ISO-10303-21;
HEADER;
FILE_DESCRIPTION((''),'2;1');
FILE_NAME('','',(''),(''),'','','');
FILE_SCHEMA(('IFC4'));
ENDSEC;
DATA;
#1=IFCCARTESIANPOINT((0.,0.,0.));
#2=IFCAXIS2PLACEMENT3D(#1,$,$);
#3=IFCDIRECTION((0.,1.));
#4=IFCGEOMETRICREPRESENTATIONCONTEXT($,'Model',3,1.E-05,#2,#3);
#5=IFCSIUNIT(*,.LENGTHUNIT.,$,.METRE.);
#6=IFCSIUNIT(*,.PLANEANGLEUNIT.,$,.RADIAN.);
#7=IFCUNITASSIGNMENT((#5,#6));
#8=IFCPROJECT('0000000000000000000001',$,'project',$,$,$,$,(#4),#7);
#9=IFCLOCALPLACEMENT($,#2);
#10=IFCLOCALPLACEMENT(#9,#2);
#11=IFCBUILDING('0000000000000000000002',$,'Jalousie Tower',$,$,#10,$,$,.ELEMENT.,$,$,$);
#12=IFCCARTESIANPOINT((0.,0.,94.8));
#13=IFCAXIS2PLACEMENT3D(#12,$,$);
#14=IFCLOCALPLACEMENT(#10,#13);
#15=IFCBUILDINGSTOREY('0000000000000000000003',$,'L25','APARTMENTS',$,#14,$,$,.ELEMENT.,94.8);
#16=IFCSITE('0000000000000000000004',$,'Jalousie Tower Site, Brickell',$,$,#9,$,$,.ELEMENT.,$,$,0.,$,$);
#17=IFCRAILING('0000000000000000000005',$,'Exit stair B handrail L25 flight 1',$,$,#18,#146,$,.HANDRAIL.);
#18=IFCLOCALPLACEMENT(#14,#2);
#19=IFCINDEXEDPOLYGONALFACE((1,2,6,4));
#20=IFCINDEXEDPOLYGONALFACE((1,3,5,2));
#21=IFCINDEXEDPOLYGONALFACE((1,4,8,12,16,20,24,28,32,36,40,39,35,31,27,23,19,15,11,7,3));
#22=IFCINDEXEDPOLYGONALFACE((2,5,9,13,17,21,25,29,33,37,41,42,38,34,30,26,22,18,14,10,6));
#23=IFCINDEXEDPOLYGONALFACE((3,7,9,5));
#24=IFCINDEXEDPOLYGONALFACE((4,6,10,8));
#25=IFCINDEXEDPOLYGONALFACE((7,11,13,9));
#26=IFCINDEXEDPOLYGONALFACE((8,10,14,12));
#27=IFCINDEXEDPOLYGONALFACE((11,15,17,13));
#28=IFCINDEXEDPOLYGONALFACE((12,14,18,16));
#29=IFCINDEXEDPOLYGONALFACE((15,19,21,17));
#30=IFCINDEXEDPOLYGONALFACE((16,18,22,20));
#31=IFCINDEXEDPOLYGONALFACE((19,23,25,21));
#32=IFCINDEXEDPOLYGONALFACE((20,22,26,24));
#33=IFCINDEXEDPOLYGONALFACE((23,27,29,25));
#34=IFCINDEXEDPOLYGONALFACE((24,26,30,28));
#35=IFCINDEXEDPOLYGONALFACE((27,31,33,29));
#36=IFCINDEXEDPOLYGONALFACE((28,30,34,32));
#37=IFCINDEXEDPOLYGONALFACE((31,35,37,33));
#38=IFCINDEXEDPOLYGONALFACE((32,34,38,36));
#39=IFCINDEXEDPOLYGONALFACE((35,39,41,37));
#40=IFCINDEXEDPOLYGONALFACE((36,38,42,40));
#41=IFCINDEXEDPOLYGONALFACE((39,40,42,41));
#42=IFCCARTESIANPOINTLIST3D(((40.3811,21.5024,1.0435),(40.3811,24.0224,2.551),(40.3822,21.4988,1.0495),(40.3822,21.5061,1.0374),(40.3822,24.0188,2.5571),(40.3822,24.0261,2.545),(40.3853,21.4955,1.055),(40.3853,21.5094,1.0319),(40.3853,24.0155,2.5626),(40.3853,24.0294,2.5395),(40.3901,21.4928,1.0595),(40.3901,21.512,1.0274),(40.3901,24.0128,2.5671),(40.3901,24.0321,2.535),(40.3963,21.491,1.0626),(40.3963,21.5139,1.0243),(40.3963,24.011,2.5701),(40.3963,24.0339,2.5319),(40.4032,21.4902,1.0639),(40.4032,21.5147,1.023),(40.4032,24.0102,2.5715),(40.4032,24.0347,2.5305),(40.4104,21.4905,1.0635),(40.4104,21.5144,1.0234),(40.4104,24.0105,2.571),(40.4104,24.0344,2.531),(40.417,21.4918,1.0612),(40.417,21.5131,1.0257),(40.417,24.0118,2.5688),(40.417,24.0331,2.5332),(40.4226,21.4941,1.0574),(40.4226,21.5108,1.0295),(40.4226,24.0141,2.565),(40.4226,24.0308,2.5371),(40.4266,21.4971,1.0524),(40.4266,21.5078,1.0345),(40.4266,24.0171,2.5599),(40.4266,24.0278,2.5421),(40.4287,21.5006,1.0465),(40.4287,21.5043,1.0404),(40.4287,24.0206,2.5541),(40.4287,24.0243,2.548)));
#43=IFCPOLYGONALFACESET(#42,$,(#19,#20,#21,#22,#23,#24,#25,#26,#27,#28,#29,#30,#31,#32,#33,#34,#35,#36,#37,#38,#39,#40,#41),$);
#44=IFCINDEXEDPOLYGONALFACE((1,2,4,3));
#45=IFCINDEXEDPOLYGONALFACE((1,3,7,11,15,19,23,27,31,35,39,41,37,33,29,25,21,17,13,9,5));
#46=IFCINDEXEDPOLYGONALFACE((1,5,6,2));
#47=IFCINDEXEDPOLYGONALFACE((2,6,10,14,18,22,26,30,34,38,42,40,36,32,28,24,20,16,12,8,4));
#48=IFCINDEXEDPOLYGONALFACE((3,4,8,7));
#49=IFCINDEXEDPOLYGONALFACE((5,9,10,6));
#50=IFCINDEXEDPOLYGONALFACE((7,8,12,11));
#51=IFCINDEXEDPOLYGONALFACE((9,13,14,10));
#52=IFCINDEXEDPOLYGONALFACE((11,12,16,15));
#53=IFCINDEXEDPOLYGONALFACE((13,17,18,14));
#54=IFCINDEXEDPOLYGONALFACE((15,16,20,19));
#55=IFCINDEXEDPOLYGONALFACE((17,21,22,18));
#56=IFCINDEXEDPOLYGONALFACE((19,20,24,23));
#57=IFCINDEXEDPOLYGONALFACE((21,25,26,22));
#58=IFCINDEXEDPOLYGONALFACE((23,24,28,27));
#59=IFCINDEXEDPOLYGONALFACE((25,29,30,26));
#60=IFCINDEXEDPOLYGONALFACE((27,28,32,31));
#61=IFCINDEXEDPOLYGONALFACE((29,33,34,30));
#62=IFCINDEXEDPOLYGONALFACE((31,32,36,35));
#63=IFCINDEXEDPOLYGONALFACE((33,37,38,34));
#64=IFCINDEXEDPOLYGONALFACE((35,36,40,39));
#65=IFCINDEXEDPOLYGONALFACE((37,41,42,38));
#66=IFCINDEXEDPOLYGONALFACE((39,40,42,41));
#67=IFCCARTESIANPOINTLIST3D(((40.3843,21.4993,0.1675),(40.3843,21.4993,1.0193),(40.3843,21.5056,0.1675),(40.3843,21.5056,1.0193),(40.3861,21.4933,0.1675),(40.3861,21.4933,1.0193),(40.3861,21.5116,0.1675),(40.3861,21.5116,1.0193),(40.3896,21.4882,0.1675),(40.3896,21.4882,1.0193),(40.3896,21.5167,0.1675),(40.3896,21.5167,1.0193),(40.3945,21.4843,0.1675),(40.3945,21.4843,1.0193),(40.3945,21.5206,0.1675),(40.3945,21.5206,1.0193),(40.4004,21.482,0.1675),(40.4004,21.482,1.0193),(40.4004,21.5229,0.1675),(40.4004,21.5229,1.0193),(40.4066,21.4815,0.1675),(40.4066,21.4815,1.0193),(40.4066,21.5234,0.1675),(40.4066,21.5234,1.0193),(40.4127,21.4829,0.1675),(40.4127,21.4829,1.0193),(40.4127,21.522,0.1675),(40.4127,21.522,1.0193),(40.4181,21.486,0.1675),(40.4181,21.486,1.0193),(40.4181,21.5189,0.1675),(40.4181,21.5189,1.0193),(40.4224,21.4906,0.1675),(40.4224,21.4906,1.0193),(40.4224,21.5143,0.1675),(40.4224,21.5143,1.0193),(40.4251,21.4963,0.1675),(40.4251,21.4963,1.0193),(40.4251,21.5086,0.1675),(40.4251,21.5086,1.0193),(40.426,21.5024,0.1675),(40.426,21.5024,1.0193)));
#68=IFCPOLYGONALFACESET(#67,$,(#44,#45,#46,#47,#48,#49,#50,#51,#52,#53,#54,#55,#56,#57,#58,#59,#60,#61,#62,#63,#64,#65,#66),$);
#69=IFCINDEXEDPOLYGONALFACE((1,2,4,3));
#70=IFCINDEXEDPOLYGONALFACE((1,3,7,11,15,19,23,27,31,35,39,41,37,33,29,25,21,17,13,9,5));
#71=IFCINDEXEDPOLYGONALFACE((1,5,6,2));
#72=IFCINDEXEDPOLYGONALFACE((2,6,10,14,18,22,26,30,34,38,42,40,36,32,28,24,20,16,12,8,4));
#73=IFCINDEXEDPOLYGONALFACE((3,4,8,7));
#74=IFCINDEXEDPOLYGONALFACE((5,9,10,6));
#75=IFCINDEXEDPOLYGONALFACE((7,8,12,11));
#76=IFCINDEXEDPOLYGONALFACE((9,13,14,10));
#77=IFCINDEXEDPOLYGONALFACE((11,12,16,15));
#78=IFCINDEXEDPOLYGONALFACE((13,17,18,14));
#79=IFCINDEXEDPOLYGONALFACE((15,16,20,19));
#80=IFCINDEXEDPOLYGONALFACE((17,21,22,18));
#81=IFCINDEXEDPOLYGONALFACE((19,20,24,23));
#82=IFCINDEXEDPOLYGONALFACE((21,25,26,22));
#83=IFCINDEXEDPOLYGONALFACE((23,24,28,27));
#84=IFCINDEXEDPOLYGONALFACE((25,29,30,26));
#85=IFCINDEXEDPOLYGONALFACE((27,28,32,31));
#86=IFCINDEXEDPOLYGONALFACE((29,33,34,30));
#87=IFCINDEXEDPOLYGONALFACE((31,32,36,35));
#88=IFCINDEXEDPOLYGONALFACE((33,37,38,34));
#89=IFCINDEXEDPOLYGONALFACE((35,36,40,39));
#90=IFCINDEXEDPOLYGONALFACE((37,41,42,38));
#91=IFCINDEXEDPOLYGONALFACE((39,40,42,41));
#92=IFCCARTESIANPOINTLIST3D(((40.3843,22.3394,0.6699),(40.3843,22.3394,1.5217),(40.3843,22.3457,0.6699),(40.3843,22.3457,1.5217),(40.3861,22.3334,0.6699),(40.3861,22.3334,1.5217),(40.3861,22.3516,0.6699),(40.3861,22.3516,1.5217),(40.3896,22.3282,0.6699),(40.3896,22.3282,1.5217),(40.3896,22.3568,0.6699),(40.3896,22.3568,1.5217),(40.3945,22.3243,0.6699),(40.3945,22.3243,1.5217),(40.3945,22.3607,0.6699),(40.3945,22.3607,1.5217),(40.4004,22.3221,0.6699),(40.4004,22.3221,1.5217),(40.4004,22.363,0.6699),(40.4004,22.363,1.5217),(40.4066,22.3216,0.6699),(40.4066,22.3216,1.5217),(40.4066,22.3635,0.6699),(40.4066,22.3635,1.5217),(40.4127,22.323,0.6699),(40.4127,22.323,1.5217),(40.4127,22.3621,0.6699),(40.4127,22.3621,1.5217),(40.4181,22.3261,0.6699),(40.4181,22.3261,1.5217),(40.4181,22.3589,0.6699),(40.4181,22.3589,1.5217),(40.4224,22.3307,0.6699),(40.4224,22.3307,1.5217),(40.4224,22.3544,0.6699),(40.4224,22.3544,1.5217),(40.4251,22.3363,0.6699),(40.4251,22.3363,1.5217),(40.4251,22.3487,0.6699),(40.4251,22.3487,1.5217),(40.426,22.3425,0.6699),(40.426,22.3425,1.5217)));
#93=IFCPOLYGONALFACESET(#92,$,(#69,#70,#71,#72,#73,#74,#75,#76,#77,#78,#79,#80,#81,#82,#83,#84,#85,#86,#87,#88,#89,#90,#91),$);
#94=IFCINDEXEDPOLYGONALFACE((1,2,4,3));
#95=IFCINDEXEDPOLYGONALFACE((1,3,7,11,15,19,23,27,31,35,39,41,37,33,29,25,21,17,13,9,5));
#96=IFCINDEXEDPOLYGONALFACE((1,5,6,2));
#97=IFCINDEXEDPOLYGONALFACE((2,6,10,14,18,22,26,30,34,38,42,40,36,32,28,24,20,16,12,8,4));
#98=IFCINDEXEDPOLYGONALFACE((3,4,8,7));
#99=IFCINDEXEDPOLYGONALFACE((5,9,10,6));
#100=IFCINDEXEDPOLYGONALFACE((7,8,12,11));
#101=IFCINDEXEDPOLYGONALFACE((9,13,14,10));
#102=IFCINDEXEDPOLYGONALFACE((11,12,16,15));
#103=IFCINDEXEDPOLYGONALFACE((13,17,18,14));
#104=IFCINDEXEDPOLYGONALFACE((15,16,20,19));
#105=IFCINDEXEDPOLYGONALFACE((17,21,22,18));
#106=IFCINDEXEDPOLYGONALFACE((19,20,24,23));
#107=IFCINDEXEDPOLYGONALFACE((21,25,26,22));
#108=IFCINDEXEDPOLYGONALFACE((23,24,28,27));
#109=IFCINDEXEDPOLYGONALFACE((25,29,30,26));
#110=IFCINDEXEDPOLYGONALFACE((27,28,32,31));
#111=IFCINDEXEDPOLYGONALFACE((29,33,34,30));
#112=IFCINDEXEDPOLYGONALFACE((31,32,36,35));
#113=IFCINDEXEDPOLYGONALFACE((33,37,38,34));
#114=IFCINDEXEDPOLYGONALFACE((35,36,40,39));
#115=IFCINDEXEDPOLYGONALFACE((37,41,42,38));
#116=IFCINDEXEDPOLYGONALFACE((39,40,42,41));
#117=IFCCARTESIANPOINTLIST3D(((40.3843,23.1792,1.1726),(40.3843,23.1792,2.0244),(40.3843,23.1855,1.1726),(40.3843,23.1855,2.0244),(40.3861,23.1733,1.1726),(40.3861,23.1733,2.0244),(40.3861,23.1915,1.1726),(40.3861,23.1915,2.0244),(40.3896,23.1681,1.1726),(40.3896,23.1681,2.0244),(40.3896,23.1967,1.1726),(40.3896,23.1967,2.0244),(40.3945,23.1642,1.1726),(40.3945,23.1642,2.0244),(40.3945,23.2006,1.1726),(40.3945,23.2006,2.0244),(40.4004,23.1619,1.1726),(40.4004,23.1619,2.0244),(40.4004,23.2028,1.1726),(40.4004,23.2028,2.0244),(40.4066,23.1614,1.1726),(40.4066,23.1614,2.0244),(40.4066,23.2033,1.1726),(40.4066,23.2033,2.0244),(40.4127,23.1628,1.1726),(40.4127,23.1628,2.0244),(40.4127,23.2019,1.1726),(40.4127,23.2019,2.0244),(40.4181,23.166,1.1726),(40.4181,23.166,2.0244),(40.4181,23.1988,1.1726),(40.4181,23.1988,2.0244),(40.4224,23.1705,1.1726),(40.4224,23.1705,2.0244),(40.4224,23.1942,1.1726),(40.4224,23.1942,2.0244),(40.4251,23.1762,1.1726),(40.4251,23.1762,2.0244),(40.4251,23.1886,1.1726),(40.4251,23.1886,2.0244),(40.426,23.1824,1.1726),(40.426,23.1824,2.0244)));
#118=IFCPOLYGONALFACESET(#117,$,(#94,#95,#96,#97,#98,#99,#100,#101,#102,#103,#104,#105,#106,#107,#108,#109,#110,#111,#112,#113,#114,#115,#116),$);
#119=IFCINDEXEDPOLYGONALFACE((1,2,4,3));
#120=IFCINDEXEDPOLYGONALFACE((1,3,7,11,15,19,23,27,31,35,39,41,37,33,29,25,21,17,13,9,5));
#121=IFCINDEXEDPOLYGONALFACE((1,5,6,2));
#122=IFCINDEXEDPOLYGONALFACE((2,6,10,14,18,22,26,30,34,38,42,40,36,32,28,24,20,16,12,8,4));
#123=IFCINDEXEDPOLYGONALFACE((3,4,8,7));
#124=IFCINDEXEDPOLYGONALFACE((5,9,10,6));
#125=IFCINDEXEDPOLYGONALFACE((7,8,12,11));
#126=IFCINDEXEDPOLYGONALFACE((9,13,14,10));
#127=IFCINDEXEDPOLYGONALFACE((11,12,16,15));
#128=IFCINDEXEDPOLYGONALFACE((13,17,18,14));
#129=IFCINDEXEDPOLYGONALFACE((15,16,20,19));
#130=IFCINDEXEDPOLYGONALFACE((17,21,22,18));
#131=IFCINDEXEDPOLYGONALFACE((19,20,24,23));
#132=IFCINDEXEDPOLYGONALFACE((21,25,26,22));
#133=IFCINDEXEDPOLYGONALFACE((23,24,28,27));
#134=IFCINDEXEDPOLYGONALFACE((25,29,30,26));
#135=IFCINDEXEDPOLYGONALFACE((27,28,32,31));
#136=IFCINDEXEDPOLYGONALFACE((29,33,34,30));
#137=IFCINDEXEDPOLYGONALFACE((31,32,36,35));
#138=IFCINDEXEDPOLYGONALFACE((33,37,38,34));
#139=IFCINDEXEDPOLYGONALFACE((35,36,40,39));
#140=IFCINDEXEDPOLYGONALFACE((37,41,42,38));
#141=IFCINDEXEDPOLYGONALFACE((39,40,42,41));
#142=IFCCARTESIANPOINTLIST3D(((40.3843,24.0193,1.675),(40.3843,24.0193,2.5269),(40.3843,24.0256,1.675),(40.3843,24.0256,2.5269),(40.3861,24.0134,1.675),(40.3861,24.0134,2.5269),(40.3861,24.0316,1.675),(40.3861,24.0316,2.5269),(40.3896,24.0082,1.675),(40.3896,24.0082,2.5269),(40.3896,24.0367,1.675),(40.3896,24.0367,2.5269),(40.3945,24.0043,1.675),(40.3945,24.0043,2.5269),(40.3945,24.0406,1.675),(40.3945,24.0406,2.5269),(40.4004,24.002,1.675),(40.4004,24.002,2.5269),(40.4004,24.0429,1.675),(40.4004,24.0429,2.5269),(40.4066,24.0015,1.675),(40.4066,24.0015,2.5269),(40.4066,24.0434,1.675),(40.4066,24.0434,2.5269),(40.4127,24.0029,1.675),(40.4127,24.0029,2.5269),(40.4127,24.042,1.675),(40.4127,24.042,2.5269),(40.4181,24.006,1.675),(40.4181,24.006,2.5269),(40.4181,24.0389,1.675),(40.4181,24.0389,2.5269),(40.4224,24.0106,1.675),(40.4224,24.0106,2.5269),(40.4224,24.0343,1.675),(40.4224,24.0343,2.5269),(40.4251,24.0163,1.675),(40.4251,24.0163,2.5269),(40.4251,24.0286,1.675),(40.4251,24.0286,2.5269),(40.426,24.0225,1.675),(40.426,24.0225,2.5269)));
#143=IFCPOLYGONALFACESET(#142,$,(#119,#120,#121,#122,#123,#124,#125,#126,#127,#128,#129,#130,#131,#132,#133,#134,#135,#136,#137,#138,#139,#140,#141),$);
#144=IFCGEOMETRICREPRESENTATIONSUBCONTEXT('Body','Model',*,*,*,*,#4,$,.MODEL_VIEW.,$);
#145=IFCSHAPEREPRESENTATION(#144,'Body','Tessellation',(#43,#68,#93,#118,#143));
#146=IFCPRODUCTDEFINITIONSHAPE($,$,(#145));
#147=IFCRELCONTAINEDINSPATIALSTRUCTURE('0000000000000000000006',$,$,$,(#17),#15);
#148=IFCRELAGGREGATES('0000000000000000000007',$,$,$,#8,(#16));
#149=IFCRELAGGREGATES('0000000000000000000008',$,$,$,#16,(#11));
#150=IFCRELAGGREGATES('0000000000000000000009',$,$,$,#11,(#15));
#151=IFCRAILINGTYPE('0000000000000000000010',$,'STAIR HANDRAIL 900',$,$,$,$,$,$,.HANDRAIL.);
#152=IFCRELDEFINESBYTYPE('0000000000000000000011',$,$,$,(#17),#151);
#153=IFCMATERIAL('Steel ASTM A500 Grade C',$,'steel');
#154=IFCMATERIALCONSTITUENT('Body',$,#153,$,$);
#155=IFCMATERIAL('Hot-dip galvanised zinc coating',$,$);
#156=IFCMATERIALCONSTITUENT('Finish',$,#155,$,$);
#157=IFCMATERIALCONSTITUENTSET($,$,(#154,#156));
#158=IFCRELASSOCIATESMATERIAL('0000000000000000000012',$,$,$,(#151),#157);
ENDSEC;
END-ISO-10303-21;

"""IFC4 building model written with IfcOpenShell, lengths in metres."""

from ifc_helpers import new_model, si_unit, direction, frame, origin, origin_2d, place, context, subcontext, project, spatial, circle, extrude, material, constituent, constituent_set, type_object, element, save


model = new_model("IFC4")

# Units and contexts
model_context = context("Model", 3, precision=1e-05, world=origin(), true_north=direction((0.0, 1.0)))
body_context = subcontext(model_context, "Body", "Model", "MODEL_VIEW")
ifc_project = project(units=[si_unit("LENGTHUNIT", "METRE"), si_unit("PLANEANGLEUNIT", "RADIAN")], contexts=[model_context])

# Site, building, storey
site_placement = place(None, origin())
site = spatial("IfcSite", under=ifc_project, at=site_placement, Name="Jalousie Tower Site, Brickell", CompositionType="ELEMENT", RefElevation=0.0)
building_placement = place(site_placement, origin())
building = spatial("IfcBuilding", under=site, at=building_placement, Name="Jalousie Tower", CompositionType="ELEMENT")
storey_placement = place(building_placement, frame((0.0, 0.0, 94.8)))
storey = spatial("IfcBuildingStorey", under=building, at=storey_placement, Name="L25", Description="APARTMENTS", CompositionType="ELEMENT", Elevation=94.8)

# Railing
ifc_material_1 = material(Name="Steel ASTM A500 Grade C", Category="steel")
ifc_constituent_1 = constituent(ifc_material_1, Name="Body")
ifc_material_2 = material(Name="Hot-dip galvanised zinc coating")
ifc_constituent_2 = constituent(ifc_material_2, Name="Finish")
ifc_constituent_set_1 = constituent_set(constituents=[ifc_constituent_1, ifc_constituent_2])
railing_type = type_object("IfcRailingType", Name="STAIR HANDRAIL 900", PredefinedType="HANDRAIL", material=ifc_constituent_set_1)
railing_placement = place(storey_placement, frame((40.405, 21.5024, 0.1675)))
element("IfcRailing", 1, at=railing_placement, inside=storey, type_object=railing_type, Name="Exit stair B handrail L25 flight 1", PredefinedType="HANDRAIL", context=body_context, shape_type="SweptSolid", body=[
    extrude(circle(Radius=0.0239, at=origin_2d()), frame((0.0, 0.0, 0.876), z_axis=(0.0, 0.85816, 0.513383), x_axis=(-1.0, 0.0, 0.0)), (0.0, 0.0, 1.0), 2.9365),
    extrude(circle(Radius=0.021, at=origin_2d()), origin(), (0.0, 0.0, 1.0), 0.8518),
    extrude(circle(Radius=0.021, at=origin_2d()), frame((0.0, 0.8401, 0.5024)), (0.0, 0.0, 1.0), 0.8518),
    extrude(circle(Radius=0.021, at=origin_2d()), frame((0.0, 1.6799, 1.0051)), (0.0, 0.0, 1.0), 0.8518),
    extrude(circle(Radius=0.021, at=origin_2d()), frame((0.0, 2.52, 1.5076)), (0.0, 0.0, 1.0), 0.8518),
])

save(model, "model.ifc")
